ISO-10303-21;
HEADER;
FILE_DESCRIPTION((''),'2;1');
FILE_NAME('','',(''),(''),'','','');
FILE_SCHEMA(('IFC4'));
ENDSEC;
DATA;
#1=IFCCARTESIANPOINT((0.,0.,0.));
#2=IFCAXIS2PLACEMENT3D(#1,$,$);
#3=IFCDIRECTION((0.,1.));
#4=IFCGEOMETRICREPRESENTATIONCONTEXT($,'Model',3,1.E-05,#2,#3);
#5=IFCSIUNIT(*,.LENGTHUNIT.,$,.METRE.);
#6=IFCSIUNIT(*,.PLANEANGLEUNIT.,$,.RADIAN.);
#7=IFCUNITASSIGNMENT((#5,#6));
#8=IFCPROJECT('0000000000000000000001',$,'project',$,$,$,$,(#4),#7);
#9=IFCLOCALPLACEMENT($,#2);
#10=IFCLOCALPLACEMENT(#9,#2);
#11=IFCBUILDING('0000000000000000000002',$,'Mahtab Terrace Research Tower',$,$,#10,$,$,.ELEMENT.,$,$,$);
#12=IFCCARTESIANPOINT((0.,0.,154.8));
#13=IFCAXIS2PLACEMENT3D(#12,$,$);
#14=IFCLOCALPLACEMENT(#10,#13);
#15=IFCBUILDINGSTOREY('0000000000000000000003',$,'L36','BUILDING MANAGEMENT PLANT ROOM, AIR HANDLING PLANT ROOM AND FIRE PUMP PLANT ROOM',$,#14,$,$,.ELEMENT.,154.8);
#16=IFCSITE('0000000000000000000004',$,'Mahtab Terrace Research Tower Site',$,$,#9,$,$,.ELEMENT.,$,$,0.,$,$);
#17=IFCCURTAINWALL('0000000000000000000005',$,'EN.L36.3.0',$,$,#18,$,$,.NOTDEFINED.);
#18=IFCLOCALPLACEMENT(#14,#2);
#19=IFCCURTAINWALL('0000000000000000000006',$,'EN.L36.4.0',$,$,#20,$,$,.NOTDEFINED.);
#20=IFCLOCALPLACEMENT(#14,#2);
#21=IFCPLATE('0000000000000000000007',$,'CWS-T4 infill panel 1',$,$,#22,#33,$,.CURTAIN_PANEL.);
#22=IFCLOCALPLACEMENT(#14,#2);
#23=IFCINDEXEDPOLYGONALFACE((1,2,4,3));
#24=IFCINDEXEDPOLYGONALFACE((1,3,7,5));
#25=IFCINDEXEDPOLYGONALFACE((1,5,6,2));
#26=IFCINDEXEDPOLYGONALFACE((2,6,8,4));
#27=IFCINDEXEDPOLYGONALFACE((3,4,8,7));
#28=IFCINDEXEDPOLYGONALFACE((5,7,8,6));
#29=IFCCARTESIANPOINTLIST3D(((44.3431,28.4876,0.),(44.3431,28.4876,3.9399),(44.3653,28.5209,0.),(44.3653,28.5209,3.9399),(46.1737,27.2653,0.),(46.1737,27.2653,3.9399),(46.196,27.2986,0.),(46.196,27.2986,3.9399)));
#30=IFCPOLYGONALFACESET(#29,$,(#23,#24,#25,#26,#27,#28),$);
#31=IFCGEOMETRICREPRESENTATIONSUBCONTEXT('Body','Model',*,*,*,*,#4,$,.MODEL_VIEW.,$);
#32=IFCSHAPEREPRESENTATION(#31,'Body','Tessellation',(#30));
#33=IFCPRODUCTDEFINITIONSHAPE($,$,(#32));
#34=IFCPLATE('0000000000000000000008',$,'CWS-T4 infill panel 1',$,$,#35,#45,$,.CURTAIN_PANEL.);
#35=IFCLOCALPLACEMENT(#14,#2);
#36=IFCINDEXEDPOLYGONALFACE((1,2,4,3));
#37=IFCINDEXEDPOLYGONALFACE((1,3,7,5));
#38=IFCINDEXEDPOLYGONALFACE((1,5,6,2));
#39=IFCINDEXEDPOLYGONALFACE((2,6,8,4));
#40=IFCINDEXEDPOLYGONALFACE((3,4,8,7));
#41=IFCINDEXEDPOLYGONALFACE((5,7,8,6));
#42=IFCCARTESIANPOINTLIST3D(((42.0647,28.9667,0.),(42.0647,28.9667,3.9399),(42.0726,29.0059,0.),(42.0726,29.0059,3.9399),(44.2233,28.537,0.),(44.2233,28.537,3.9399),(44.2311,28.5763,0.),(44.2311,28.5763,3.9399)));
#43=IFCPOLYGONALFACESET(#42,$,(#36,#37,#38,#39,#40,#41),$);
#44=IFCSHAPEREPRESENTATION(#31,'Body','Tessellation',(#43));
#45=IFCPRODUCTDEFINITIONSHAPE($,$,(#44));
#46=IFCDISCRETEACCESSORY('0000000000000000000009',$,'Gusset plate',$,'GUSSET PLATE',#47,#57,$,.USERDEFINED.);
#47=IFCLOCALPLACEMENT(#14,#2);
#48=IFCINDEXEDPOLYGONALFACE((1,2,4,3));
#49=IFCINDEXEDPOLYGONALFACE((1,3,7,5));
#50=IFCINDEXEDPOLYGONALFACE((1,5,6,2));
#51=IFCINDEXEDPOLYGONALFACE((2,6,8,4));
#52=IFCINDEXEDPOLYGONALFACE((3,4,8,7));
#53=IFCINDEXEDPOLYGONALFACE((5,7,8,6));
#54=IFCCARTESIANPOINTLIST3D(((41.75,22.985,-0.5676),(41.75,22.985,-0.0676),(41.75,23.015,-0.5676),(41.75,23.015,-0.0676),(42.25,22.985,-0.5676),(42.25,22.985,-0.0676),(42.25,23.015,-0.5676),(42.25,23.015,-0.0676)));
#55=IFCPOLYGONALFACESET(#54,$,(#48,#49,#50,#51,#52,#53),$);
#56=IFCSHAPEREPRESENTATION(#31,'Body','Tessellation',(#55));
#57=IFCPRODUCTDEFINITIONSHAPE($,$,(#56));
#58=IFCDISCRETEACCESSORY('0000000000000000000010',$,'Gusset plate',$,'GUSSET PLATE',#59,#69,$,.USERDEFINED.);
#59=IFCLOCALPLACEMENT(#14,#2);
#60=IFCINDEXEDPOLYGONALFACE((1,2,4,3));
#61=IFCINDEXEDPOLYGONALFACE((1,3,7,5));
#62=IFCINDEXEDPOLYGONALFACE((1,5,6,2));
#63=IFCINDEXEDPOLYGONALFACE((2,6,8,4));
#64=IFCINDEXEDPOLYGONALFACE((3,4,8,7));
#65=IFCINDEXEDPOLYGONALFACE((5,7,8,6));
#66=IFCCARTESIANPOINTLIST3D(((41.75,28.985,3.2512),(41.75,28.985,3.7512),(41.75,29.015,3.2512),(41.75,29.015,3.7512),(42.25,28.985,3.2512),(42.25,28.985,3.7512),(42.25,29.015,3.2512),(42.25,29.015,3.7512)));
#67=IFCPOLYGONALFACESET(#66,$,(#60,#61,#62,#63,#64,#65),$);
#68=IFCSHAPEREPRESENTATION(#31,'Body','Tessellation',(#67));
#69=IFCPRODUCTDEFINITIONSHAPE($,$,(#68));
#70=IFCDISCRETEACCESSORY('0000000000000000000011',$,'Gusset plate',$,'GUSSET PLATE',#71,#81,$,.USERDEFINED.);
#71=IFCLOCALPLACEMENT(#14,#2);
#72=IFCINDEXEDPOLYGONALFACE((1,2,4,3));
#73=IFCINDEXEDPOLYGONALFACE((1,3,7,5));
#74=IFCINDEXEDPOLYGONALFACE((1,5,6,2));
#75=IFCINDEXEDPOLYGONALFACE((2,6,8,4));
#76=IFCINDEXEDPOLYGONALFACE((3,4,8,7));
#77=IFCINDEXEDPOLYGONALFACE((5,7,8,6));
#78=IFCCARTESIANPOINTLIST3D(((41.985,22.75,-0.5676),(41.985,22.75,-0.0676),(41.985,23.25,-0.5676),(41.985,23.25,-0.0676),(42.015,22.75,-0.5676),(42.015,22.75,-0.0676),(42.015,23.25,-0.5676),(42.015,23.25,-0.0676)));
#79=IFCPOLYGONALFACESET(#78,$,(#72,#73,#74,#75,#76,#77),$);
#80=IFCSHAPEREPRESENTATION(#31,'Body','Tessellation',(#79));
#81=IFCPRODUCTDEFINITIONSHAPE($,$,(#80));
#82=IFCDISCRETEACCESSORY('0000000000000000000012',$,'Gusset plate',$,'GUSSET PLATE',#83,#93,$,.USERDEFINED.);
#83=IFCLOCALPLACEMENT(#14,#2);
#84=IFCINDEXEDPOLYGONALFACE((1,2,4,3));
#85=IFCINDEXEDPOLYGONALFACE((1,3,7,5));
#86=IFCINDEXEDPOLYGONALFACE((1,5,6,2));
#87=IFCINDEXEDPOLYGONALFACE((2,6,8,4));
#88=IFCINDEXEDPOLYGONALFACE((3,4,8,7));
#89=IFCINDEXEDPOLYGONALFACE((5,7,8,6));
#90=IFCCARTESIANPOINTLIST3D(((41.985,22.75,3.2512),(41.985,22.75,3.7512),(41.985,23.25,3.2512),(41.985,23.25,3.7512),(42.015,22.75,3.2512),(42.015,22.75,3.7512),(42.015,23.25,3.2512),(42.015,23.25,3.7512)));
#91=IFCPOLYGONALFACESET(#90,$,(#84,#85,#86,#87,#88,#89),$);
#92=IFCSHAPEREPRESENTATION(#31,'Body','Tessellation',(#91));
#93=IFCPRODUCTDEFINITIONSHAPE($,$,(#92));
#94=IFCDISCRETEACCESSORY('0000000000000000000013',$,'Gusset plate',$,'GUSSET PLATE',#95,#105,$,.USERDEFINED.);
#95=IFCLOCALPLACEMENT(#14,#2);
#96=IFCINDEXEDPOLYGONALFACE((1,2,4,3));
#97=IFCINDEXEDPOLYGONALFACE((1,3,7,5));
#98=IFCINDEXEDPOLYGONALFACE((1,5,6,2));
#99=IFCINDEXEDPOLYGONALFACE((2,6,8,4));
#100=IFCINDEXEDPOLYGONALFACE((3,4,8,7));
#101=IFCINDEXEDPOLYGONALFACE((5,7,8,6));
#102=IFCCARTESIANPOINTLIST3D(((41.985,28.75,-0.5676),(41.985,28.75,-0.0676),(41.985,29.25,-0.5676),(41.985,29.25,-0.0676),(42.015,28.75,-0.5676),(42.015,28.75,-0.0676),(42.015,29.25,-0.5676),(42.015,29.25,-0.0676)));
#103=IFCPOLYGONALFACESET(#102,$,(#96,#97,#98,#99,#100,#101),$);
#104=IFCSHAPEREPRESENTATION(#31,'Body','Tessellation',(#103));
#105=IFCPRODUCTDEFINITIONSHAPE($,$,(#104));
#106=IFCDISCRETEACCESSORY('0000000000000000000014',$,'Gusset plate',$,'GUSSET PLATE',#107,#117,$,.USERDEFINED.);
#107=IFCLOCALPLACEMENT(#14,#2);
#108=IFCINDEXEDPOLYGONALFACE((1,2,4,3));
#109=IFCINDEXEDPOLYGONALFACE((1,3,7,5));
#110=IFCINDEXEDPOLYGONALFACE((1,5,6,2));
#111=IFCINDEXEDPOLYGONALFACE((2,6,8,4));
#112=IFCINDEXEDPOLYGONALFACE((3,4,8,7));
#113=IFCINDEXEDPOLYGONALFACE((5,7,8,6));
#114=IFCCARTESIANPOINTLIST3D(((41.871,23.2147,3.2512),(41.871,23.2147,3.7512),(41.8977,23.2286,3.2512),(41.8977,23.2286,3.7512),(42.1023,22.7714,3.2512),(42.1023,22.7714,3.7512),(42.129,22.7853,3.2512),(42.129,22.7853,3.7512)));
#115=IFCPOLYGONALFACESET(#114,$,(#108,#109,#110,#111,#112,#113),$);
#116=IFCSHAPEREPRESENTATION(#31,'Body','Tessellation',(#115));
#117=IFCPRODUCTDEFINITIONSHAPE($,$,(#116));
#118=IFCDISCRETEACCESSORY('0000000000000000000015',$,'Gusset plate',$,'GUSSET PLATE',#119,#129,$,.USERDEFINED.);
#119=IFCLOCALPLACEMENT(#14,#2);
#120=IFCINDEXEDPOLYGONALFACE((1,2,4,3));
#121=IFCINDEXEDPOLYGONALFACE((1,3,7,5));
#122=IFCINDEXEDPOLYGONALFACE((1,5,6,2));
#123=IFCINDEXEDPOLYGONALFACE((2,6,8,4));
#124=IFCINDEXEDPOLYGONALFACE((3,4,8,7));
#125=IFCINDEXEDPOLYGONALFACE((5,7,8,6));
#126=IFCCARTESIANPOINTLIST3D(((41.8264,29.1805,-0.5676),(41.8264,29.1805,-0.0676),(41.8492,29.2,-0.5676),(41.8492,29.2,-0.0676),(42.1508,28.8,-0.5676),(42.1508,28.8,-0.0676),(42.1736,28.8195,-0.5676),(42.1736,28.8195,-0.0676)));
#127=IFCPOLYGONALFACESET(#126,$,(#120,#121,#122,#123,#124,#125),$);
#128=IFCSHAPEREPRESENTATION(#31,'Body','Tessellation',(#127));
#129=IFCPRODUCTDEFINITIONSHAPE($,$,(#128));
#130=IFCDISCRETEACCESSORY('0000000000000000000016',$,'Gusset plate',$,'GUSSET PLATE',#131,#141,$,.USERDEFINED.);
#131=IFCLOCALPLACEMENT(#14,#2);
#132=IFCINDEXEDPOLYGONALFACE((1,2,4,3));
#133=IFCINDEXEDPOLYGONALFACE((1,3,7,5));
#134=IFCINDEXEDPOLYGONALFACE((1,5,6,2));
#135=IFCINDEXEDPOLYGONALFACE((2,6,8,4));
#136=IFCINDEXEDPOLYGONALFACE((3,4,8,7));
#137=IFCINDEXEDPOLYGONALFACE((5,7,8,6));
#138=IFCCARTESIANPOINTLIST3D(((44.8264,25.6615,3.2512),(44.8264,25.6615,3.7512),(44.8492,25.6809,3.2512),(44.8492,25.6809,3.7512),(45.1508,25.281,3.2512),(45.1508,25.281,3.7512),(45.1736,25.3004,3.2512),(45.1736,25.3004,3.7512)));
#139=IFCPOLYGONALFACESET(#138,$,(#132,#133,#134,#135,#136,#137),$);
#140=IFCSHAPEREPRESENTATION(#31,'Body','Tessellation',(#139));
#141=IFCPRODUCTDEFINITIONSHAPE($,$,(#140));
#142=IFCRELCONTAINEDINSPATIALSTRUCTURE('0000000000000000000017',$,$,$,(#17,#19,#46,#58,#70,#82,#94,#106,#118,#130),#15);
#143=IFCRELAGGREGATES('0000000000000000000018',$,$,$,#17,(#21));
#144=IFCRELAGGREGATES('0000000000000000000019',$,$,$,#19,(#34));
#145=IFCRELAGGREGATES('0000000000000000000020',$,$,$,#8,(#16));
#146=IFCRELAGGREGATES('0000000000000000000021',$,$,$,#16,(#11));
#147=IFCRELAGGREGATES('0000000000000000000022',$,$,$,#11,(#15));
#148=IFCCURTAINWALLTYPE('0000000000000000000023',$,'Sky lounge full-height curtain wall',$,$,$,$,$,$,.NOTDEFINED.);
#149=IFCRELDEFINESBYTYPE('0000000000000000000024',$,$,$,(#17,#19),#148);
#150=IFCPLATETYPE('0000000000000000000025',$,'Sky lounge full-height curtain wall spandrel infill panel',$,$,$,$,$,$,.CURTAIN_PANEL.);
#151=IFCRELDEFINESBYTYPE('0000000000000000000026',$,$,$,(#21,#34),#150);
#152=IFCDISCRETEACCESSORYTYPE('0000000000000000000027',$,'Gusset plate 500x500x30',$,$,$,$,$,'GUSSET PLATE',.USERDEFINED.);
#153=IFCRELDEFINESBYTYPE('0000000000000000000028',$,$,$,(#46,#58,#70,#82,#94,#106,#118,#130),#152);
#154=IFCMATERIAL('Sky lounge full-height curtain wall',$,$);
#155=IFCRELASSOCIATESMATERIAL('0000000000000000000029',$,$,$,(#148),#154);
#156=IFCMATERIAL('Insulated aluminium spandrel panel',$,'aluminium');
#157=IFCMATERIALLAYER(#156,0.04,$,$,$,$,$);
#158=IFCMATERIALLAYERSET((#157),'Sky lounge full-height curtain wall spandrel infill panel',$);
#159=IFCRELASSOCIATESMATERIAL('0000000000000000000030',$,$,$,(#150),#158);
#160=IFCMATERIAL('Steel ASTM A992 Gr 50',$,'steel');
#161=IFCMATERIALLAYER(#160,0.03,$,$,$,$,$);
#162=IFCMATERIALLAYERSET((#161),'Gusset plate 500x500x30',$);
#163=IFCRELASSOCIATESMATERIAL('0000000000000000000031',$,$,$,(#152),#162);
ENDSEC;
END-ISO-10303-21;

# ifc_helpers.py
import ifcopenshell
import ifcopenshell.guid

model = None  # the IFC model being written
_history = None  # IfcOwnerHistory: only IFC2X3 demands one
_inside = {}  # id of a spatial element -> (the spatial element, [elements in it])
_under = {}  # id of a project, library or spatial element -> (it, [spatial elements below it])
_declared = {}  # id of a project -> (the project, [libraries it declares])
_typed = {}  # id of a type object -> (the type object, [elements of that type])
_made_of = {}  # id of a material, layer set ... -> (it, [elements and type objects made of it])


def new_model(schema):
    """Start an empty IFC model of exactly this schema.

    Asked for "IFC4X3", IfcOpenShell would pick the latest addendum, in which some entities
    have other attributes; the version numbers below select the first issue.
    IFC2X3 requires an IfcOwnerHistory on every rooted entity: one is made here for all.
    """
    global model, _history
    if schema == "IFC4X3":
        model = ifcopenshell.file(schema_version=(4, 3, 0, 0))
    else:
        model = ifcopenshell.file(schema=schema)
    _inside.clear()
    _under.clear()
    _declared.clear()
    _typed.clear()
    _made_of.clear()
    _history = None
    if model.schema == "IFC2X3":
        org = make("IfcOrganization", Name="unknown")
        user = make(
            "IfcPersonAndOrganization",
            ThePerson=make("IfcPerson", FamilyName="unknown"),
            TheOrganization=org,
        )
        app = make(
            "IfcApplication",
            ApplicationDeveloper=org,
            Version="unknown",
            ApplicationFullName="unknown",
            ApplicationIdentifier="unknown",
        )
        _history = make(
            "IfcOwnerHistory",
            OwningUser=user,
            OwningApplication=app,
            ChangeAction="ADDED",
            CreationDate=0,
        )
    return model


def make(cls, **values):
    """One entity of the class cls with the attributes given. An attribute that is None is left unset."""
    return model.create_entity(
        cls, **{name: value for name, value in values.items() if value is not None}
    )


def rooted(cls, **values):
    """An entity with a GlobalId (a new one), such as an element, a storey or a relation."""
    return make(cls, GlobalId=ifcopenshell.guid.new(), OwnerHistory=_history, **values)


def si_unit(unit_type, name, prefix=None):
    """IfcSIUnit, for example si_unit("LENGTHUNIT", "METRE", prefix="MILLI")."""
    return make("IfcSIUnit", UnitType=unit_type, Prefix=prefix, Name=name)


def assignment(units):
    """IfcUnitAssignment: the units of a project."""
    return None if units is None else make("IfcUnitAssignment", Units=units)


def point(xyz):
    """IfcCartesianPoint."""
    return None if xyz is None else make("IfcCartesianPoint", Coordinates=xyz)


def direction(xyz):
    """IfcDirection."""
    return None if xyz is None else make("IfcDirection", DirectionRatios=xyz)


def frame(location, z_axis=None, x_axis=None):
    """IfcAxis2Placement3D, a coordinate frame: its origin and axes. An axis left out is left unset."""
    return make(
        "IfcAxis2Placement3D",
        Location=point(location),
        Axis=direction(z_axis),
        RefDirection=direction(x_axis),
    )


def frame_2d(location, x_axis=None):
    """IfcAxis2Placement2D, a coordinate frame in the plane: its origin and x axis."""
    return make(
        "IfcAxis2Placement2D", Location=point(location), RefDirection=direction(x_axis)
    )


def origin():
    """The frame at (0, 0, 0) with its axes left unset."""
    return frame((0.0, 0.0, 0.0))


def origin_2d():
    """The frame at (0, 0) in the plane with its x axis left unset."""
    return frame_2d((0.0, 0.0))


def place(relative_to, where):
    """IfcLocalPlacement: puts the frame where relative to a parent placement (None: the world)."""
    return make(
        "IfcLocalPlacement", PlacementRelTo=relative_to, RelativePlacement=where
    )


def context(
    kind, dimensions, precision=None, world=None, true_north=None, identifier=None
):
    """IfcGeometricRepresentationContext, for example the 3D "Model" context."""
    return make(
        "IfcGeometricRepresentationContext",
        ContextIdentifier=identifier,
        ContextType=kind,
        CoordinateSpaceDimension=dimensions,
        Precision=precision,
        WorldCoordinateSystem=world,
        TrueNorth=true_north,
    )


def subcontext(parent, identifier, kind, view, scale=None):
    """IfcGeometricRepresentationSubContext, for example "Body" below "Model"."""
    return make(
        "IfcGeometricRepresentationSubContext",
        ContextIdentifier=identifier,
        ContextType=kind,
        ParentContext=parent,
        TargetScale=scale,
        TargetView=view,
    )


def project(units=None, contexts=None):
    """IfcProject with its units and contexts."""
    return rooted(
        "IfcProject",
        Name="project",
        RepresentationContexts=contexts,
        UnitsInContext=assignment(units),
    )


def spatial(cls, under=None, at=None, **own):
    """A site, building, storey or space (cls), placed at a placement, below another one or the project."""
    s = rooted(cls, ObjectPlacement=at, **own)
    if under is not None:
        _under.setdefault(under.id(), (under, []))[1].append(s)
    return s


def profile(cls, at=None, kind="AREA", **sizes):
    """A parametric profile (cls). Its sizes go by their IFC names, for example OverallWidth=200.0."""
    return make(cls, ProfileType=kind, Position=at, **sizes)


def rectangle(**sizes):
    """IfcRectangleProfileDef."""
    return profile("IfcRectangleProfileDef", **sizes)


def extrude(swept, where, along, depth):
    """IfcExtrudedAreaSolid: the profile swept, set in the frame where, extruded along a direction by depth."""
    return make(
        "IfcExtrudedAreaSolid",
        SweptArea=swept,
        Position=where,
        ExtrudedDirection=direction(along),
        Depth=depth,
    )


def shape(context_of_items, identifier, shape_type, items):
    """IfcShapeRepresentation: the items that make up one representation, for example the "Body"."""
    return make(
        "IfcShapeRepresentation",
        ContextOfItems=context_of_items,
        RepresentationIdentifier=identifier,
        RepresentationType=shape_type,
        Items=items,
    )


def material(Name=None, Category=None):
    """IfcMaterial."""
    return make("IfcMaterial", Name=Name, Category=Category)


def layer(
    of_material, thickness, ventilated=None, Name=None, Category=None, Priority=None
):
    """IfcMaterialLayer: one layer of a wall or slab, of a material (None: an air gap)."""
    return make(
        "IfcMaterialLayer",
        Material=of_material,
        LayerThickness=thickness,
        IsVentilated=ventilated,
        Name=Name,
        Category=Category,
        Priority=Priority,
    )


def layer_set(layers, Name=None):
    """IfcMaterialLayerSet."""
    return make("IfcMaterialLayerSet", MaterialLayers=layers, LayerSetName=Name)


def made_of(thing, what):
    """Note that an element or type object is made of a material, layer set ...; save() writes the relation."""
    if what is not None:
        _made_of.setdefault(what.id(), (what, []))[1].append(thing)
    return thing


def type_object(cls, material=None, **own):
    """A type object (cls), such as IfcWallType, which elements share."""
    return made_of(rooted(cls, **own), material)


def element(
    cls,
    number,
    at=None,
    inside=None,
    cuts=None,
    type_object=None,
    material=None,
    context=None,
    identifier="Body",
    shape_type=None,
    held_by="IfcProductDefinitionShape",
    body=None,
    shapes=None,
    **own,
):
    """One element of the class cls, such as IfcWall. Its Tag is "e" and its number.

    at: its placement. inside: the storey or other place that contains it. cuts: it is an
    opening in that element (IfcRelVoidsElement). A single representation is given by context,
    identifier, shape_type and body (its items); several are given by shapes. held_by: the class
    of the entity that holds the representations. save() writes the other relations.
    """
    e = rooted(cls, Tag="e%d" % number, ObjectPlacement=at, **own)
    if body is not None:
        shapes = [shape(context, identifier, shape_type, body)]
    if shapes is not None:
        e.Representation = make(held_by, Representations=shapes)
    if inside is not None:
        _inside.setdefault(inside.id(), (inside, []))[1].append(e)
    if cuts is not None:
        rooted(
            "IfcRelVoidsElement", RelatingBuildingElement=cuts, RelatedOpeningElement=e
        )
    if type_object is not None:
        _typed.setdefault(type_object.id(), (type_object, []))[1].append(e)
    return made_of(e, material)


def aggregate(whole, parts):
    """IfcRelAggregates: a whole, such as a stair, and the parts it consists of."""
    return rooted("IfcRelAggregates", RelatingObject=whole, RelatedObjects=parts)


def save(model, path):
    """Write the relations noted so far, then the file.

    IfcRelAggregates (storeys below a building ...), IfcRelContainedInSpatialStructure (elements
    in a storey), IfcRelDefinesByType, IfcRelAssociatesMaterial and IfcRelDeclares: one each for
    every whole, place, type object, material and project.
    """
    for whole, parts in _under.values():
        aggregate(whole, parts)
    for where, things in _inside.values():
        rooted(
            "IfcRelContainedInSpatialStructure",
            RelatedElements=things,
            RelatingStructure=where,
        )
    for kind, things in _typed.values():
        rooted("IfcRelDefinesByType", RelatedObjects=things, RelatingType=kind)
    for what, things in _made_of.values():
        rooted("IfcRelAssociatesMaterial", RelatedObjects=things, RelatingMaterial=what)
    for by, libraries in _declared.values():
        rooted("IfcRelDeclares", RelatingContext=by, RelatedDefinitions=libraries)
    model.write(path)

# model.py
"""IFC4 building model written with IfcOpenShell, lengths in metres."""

from ifc_helpers import new_model, si_unit, direction, frame, origin, origin_2d, place, context, subcontext, project, spatial, rectangle, extrude, material, layer, layer_set, type_object, element, aggregate, save


model = new_model("IFC4")

# Units and contexts
model_context = context("Model", 3, precision=1e-05, world=origin(), true_north=direction((0.0, 1.0)))
body_context = subcontext(model_context, "Body", "Model", "MODEL_VIEW")
ifc_project = project(units=[si_unit("LENGTHUNIT", "METRE"), si_unit("PLANEANGLEUNIT", "RADIAN")], contexts=[model_context])

# Site, building, storey
site_placement = place(None, origin())
site = spatial("IfcSite", under=ifc_project, at=site_placement, Name="Mahtab Terrace Research Tower Site", CompositionType="ELEMENT", RefElevation=0.0)
building_placement = place(site_placement, origin())
building = spatial("IfcBuilding", under=site, at=building_placement, Name="Mahtab Terrace Research Tower", CompositionType="ELEMENT")
storey_placement = place(building_placement, frame((0.0, 0.0, 154.8)))
storey = spatial("IfcBuildingStorey", under=building, at=storey_placement, Name="L36", Description="BUILDING MANAGEMENT PLANT ROOM, AIR HANDLING PLANT ROOM AND FIRE PUMP PLANT ROOM", CompositionType="ELEMENT", Elevation=154.8)

# Curtain walls
ifc_material_1 = material(Name="Sky lounge full-height curtain wall")
curtain_wall_type = type_object("IfcCurtainWallType", Name="Sky lounge full-height curtain wall", PredefinedType="NOTDEFINED", material=ifc_material_1)
curtain_wall_1_placement = place(storey_placement, origin())
curtain_wall_1 = element("IfcCurtainWall", 1, at=curtain_wall_1_placement, inside=storey, type_object=curtain_wall_type, Name="EN.L36.3.0", PredefinedType="NOTDEFINED")
curtain_wall_2_placement = place(storey_placement, origin())
curtain_wall_2 = element("IfcCurtainWall", 2, at=curtain_wall_2_placement, inside=storey, type_object=curtain_wall_type, Name="EN.L36.4.0", PredefinedType="NOTDEFINED")

# Shared definitions
ifc_material_2 = material(Name="Steel ASTM A992 Gr 50", Category="steel")

# Plates
ifc_material_3 = material(Name="Insulated aluminium spandrel panel", Category="aluminium")
ifc_layer_1 = layer(ifc_material_3, 0.04)
ifc_layer_set_1 = layer_set([ifc_layer_1], Name="Sky lounge full-height curtain wall spandrel infill panel")
plate_type = type_object("IfcPlateType", Name="Sky lounge full-height curtain wall spandrel infill panel", PredefinedType="CURTAIN_PANEL", material=ifc_layer_set_1)
plate_1_placement = place(storey_placement, frame((45.2695, 27.8931, 0.0), z_axis=(0.0, 0.0, 1.0), x_axis=(-0.831656, 0.555291, 0.0)))
plate_1 = element("IfcPlate", 3, at=plate_1_placement, type_object=plate_type, Name="CWS-T4 infill panel 1", PredefinedType="CURTAIN_PANEL", context=body_context, shape_type="SweptSolid", body=[
    extrude(rectangle(XDim=2.2012, YDim=0.04, at=origin_2d()), origin(), (0.0, 0.0, 1.0), 3.9399),
])
aggregate(curtain_wall_1, [plate_1])
plate_2_placement = place(storey_placement, frame((43.1479, 28.7715, 0.0), z_axis=(0.0, 0.0, 1.0), x_axis=(-0.980761, 0.195212, 0.0)))
plate_2 = element("IfcPlate", 4, at=plate_2_placement, type_object=plate_type, Name="CWS-T4 infill panel 1", PredefinedType="CURTAIN_PANEL", context=body_context, shape_type="SweptSolid", body=[
    extrude(rectangle(XDim=2.2009, YDim=0.04, at=origin_2d()), origin(), (0.0, 0.0, 1.0), 3.9399),
])
aggregate(curtain_wall_2, [plate_2])

# Discrete accessories
ifc_layer_2 = layer(ifc_material_2, 0.03)
ifc_layer_set_2 = layer_set([ifc_layer_2], Name="Gusset plate 500x500x30")
discrete_accessory_type = type_object("IfcDiscreteAccessoryType", Name="Gusset plate 500x500x30", ElementType="GUSSET PLATE", PredefinedType="USERDEFINED", material=ifc_layer_set_2)
for number, where, z_axis, x_axis, name in (
    (5, (42.0, 23.0, -0.5676), (0.0, 0.0, 1.0), (1.0, 0.0, 0.0), "Gusset plate"),
    (6, (42.0, 29.0, 3.2512), (0.0, 0.0, 1.0), (1.0, 0.0, 0.0), "Gusset plate"),
    (7, (42.0, 23.0, -0.5676), (0.0, 0.0, 1.0), (0.0, 1.0, 0.0), "Gusset plate"),
    (8, (42.0, 23.0, 3.2512), (0.0, 0.0, 1.0), (0.0, 1.0, 0.0), "Gusset plate"),
    (9, (42.0, 29.0, -0.5676), (0.0, 0.0, 1.0), (0.0, 1.0, 0.0), "Gusset plate"),
    (10, (42.0, 23.0, 3.2512), (0.0, 0.0, 1.0), (-0.4626, 0.886567, 0.0), "Gusset plate"),
    (11, (42.0, 29.0, -0.5676), (0.0, 0.0, 1.0), (-0.648758, 0.760995, 0.0), "Gusset plate"),
    (12, (45.0, 25.481, 3.2512), (0.0, 0.0, 1.0), (-0.648758, 0.760995, 0.0), "Gusset plate"),
):
    element("IfcDiscreteAccessory", number, at=place(storey_placement, frame(where, z_axis=z_axis, x_axis=x_axis)), inside=storey, type_object=discrete_accessory_type, Name=name, ObjectType="GUSSET PLATE", PredefinedType="USERDEFINED", context=body_context, shape_type="SweptSolid", body=[
        extrude(rectangle(XDim=0.5, YDim=0.03, at=origin_2d()), origin(), (0.0, 0.0, 1.0), 0.5),
    ])

save(model, "model.ifc")
